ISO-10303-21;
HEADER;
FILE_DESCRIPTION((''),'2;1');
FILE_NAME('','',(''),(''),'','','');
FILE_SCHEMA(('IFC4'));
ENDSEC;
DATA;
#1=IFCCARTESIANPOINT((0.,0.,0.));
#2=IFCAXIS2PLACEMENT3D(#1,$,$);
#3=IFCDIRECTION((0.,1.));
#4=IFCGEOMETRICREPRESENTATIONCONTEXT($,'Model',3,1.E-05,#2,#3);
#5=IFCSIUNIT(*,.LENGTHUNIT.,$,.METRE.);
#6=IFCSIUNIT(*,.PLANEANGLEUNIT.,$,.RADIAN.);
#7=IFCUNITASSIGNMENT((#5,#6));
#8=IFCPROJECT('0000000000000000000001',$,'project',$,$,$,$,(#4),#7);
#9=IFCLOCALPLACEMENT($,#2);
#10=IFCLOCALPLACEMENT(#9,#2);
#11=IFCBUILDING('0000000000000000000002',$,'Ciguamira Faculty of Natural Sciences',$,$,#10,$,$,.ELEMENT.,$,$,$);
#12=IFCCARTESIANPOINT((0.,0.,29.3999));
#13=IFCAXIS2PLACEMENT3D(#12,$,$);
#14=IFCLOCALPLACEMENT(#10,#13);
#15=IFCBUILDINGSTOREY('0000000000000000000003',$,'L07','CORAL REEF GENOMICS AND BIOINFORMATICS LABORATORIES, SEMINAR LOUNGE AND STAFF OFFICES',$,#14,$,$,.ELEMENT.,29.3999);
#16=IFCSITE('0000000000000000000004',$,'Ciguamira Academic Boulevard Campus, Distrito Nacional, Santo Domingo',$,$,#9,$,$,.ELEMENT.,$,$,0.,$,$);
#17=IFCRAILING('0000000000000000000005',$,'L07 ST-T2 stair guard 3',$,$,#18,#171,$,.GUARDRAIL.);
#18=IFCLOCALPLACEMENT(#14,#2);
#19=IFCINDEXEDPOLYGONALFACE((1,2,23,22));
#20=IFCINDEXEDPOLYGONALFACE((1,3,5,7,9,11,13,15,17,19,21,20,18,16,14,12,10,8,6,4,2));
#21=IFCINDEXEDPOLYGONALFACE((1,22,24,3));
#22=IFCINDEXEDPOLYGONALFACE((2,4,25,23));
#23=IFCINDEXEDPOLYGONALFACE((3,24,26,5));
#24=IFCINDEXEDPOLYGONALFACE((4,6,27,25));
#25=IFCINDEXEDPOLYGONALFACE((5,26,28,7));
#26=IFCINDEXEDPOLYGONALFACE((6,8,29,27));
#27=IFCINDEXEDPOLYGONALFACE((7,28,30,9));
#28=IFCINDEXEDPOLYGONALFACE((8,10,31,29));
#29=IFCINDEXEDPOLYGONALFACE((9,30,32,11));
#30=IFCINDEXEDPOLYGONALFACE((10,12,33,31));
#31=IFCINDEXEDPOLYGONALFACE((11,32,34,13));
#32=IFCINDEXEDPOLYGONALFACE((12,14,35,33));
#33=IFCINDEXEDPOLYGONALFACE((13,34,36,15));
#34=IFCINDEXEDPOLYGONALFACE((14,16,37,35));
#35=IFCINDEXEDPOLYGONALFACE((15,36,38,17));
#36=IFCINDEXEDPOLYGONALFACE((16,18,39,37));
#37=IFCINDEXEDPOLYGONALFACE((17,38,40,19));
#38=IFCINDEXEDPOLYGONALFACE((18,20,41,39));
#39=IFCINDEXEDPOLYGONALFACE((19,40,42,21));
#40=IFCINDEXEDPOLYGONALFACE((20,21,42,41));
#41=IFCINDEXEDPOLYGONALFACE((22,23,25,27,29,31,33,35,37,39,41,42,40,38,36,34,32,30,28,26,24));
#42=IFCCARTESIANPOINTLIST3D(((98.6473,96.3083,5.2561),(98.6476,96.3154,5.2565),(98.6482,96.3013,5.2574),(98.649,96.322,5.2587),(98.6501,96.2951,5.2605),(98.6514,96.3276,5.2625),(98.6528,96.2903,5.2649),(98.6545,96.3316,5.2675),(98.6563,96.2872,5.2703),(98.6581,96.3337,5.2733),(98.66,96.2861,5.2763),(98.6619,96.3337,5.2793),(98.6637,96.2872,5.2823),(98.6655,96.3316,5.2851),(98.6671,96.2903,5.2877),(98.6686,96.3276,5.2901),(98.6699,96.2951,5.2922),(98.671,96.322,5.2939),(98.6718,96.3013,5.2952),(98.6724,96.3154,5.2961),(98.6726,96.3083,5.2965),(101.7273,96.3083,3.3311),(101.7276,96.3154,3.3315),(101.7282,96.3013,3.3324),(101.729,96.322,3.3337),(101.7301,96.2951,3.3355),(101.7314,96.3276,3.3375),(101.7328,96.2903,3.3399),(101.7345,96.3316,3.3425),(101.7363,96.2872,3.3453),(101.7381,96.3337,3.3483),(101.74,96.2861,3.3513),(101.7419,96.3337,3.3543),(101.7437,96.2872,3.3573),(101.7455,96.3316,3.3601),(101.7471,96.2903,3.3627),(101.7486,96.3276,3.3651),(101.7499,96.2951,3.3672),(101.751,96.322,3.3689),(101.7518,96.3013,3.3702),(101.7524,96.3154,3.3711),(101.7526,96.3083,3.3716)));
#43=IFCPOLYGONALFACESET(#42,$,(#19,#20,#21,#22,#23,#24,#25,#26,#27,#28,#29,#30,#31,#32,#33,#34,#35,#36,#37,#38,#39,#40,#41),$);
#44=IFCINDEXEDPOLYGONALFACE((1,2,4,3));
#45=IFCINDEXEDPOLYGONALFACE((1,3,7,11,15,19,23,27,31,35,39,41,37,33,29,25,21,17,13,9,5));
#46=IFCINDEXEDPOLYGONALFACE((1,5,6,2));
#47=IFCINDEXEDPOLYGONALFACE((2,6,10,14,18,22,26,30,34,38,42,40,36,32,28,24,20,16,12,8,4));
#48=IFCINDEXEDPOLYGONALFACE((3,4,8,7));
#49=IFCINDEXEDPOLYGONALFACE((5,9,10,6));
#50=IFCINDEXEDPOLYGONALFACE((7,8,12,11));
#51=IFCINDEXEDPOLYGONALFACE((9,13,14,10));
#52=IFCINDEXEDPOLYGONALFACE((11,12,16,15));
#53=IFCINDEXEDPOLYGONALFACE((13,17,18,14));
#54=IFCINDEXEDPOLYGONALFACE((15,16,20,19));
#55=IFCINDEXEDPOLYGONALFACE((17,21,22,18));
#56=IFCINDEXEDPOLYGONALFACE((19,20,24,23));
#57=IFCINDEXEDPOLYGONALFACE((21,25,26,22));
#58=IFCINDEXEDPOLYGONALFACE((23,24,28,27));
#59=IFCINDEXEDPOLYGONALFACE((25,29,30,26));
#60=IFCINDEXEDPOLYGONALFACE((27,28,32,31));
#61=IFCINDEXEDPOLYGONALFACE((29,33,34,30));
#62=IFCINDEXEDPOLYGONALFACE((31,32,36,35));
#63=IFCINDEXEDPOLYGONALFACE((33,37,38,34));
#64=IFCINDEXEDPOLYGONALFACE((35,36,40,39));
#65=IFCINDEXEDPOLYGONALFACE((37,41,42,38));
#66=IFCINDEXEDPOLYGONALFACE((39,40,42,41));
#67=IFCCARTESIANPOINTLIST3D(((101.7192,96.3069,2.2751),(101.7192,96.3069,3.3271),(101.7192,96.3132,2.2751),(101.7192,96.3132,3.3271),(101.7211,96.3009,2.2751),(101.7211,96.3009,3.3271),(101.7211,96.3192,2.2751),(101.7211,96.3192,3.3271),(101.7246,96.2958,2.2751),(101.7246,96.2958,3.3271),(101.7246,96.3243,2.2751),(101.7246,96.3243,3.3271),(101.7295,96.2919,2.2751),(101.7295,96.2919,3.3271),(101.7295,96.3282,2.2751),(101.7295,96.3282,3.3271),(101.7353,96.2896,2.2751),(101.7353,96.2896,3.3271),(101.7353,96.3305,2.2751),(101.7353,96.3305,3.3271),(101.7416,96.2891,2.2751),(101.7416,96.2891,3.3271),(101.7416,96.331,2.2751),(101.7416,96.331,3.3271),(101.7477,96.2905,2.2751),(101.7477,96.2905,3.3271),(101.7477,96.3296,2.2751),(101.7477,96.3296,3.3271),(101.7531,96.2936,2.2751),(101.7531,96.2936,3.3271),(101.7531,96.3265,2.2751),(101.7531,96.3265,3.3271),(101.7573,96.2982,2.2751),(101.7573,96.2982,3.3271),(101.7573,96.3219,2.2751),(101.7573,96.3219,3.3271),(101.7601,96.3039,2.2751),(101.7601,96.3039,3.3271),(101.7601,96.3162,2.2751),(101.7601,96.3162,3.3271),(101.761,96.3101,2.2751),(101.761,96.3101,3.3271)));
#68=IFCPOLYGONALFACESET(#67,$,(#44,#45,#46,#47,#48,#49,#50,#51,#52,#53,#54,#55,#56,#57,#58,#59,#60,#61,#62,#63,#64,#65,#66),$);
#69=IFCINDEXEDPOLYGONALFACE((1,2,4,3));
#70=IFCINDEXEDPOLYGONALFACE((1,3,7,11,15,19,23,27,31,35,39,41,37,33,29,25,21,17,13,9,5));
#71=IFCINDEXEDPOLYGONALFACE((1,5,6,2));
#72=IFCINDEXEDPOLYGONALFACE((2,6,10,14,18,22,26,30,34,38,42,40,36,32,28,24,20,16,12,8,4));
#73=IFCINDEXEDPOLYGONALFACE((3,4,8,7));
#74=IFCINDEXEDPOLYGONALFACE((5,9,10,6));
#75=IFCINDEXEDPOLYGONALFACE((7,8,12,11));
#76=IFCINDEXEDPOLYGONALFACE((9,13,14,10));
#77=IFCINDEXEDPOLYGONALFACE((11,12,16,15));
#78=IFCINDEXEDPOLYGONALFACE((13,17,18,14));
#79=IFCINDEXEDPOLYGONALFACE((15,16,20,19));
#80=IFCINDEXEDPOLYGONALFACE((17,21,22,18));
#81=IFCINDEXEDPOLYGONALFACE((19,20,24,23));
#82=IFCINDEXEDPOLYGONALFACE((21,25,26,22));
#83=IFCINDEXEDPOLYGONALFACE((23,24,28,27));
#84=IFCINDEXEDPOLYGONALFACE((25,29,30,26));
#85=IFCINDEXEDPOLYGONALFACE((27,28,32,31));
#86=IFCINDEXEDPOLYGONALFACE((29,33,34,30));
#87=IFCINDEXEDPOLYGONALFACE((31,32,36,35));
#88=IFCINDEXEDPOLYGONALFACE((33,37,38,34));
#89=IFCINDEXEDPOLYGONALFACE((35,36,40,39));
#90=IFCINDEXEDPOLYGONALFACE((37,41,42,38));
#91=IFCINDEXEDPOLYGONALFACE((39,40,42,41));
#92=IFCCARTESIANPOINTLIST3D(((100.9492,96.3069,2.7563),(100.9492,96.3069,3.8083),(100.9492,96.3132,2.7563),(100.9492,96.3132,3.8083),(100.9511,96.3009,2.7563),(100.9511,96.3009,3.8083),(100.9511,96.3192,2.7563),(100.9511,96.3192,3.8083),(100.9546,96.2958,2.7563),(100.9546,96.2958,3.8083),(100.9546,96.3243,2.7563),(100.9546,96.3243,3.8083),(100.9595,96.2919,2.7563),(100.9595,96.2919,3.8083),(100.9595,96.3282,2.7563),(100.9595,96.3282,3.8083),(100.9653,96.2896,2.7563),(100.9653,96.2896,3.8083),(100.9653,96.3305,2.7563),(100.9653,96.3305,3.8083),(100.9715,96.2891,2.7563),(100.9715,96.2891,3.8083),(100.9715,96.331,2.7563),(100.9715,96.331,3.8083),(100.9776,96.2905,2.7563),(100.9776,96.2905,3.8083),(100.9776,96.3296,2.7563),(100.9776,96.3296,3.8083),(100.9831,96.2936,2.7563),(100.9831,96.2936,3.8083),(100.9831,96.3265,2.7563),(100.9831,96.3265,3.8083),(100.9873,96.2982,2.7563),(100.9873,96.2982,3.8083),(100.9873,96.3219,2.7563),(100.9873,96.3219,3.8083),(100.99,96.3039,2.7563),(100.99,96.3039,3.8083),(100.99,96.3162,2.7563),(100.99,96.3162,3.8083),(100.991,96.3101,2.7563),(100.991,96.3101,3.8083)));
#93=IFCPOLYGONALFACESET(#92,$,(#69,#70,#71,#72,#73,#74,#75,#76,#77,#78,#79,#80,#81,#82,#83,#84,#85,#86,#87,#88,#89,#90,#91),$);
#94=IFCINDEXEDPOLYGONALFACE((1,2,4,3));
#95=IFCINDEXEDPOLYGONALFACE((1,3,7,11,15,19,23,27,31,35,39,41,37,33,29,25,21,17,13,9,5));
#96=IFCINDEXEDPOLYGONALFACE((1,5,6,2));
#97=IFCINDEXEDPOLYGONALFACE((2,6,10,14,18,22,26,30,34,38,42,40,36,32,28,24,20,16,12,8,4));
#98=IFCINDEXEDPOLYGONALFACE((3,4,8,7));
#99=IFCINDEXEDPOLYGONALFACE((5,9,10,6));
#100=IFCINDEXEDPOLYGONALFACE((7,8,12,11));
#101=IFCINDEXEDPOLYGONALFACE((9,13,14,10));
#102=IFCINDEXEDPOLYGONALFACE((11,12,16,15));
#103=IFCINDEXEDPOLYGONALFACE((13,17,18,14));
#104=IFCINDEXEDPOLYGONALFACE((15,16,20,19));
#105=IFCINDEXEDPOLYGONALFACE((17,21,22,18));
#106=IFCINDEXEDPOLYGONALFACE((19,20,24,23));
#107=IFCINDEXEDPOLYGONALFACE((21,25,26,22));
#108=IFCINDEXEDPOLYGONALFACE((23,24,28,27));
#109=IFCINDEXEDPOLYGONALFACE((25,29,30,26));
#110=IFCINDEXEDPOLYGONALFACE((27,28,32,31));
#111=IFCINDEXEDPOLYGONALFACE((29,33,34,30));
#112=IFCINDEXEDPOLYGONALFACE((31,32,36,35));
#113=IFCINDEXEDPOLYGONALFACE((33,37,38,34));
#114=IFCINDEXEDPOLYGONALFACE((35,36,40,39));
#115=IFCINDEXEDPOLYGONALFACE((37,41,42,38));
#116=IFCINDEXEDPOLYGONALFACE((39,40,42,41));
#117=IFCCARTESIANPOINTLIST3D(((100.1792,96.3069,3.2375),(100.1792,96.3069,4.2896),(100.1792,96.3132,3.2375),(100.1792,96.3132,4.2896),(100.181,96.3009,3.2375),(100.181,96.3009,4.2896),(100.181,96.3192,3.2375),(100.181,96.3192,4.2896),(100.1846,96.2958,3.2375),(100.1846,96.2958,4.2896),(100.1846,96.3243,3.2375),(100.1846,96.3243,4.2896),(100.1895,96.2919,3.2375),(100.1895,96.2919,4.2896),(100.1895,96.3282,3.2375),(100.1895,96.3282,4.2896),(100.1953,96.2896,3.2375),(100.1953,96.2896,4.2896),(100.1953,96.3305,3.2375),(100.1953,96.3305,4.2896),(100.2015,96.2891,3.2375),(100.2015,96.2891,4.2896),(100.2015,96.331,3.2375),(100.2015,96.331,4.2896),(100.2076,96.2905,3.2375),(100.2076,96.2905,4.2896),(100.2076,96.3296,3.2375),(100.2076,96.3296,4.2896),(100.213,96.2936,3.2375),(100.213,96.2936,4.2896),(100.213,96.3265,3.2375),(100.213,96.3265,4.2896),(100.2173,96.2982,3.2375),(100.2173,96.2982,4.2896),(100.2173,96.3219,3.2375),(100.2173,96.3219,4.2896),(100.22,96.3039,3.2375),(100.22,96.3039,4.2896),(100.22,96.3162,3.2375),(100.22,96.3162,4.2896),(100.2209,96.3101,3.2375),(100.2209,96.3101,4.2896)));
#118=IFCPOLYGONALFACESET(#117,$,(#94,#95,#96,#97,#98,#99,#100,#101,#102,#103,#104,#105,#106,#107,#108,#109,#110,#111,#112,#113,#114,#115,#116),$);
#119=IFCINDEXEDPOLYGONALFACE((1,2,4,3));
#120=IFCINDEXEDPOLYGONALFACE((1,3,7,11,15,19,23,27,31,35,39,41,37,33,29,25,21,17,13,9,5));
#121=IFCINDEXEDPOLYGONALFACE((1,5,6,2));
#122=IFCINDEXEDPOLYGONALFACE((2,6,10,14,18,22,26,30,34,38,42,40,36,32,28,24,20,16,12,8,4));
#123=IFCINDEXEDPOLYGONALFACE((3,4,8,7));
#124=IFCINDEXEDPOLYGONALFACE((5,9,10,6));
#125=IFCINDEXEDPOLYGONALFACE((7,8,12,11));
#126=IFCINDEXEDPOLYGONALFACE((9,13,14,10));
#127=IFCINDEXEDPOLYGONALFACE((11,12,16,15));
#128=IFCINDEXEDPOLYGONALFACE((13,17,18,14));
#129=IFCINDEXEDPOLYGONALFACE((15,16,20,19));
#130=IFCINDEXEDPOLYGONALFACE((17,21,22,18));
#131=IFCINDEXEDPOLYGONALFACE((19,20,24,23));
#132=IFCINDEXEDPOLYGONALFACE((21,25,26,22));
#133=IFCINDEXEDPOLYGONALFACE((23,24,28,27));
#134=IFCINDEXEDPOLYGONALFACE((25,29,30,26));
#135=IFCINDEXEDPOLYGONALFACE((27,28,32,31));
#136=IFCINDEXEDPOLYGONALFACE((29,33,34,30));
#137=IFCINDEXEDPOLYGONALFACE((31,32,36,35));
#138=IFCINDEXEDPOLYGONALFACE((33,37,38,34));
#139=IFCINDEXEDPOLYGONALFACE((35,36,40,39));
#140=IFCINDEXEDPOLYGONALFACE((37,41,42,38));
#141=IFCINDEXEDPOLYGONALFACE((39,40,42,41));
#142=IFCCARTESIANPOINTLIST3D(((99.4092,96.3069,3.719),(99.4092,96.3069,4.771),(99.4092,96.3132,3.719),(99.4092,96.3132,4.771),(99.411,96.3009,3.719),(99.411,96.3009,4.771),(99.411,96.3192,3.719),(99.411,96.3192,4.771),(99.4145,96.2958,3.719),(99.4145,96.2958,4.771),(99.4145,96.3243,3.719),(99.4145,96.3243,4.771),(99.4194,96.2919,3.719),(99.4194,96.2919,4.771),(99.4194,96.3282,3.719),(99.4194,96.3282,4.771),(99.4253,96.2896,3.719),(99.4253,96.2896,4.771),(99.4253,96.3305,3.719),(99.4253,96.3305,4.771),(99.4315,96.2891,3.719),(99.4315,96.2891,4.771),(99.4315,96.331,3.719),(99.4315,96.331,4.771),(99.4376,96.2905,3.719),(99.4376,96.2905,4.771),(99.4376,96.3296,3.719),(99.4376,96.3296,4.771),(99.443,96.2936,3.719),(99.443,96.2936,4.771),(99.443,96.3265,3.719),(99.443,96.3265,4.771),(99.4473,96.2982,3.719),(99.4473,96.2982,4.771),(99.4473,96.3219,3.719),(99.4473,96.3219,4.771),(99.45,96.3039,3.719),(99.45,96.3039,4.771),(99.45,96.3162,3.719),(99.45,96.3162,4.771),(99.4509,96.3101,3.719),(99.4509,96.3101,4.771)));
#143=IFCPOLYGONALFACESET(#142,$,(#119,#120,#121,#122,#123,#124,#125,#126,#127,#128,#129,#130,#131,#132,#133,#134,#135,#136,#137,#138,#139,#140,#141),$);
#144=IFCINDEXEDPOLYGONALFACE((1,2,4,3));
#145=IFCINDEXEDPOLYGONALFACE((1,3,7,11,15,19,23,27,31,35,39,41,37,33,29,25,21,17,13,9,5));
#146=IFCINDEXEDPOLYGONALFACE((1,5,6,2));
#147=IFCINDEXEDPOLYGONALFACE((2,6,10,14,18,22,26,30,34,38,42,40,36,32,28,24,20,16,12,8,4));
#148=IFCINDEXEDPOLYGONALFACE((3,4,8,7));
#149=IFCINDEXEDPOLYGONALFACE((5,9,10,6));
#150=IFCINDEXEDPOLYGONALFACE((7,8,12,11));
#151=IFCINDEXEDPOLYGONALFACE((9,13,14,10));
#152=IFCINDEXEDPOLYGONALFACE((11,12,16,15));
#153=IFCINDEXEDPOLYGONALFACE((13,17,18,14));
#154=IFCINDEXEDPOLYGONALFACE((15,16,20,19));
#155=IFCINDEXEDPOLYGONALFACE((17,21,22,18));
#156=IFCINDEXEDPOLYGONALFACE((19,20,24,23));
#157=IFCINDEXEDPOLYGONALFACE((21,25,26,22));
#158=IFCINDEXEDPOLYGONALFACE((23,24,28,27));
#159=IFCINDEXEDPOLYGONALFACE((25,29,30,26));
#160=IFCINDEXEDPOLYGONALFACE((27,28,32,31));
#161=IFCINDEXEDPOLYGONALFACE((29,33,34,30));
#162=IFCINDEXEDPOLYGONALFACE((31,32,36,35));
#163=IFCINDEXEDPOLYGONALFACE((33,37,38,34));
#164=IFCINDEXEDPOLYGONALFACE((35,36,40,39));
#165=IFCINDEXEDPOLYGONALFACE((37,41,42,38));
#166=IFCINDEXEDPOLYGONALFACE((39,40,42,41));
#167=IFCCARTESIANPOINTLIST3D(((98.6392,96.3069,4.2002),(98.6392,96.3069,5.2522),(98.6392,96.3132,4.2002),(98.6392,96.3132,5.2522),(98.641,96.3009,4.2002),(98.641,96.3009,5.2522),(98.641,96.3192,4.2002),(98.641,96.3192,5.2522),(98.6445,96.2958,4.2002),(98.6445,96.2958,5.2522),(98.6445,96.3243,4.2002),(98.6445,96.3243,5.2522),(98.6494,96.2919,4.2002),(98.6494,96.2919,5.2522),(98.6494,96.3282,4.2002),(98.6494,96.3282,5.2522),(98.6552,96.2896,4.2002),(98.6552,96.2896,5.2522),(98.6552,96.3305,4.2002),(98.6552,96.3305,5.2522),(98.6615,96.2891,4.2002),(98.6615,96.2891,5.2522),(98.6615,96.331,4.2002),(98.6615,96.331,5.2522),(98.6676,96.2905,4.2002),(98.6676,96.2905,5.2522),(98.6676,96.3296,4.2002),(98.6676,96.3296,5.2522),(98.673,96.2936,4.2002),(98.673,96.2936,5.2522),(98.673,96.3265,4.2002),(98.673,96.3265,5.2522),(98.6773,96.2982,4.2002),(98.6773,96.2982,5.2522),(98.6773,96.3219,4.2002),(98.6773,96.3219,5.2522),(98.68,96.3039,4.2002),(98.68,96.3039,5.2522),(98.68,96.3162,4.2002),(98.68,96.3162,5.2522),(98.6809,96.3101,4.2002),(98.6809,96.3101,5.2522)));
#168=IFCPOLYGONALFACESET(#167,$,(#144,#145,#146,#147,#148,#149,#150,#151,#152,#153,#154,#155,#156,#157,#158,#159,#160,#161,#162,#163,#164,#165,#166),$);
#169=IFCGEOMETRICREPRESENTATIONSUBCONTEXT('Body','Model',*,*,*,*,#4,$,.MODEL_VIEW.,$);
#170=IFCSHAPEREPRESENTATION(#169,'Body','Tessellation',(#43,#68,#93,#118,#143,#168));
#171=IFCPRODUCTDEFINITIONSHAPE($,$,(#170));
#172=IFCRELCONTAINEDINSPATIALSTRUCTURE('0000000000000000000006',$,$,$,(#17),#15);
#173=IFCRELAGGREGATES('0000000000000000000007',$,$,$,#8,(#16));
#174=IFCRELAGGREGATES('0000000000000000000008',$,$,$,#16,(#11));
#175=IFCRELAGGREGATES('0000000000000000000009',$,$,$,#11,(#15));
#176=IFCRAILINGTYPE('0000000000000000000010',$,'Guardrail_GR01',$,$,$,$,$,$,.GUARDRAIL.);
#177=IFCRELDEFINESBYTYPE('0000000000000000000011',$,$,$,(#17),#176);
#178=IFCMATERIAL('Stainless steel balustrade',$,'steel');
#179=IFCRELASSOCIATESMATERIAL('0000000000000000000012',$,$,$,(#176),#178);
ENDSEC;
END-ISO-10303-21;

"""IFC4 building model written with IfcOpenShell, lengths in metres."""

from ifc_helpers import new_model, si_unit, direction, frame, origin, origin_2d, place, context, subcontext, project, spatial, circle, extrude, material, type_object, element, save


model = new_model("IFC4")

# Units and contexts
model_context = context("Model", 3, precision=1e-05, world=origin(), true_north=direction((0.0, 1.0)))
body_context = subcontext(model_context, "Body", "Model", "MODEL_VIEW")
ifc_project = project(units=[si_unit("LENGTHUNIT", "METRE"), si_unit("PLANEANGLEUNIT", "RADIAN")], contexts=[model_context])

# Site, building, storey
site_placement = place(None, origin())
site = spatial("IfcSite", under=ifc_project, at=site_placement, Name="Ciguamira Academic Boulevard Campus, Distrito Nacional, Santo Domingo", CompositionType="ELEMENT", RefElevation=0.0)
building_placement = place(site_placement, origin())
building = spatial("IfcBuilding", under=site, at=building_placement, Name="Ciguamira Faculty of Natural Sciences", CompositionType="ELEMENT")
storey_placement = place(building_placement, frame((0.0, 0.0, 29.3999)))
storey = spatial("IfcBuildingStorey", under=building, at=storey_placement, Name="L07", Description="CORAL REEF GENOMICS AND BIOINFORMATICS LABORATORIES, SEMINAR LOUNGE AND STAFF OFFICES", CompositionType="ELEMENT", Elevation=29.3999)

# Railing
ifc_material_1 = material(Name="Stainless steel balustrade", Category="steel")
railing_type_1 = type_object("IfcRailingType", Name="Guardrail_GR01", PredefinedType="GUARDRAIL", material=ifc_material_1)
railing_1_placement = place(storey_placement, frame((101.74, 96.3101, 2.2751)))
element("IfcRailing", 1, at=railing_1_placement, inside=storey, type_object=railing_type_1, Name="L07 ST-T2 stair guard 3", PredefinedType="GUARDRAIL", context=body_context, shape_type="SweptSolid", body=[
    extrude(circle(Radius=0.0239, at=origin_2d()), frame((0.0, 0.0, 1.0762), z_axis=(-0.847998, 0.0, 0.529999), x_axis=(0.0, -1.0, 0.0)), (0.0, 0.0, 1.0), 3.6321),
    extrude(circle(Radius=0.021, at=origin_2d()), origin(), (0.0, 0.0, 1.0), 1.052),
    extrude(circle(Radius=0.021, at=origin_2d()), frame((-0.77, 0.0, 0.4812)), (0.0, 0.0, 1.0), 1.052),
    extrude(circle(Radius=0.021, at=origin_2d()), frame((-1.54, 0.0, 0.9624)), (0.0, 0.0, 1.0), 1.052),
    extrude(circle(Radius=0.021, at=origin_2d()), frame((-2.3101, 0.0, 1.4438)), (0.0, 0.0, 1.0), 1.052),
    extrude(circle(Radius=0.021, at=origin_2d()), frame((-3.0801, 0.0, 1.925)), (0.0, 0.0, 1.0), 1.052),
])

save(model, "model.ifc")
